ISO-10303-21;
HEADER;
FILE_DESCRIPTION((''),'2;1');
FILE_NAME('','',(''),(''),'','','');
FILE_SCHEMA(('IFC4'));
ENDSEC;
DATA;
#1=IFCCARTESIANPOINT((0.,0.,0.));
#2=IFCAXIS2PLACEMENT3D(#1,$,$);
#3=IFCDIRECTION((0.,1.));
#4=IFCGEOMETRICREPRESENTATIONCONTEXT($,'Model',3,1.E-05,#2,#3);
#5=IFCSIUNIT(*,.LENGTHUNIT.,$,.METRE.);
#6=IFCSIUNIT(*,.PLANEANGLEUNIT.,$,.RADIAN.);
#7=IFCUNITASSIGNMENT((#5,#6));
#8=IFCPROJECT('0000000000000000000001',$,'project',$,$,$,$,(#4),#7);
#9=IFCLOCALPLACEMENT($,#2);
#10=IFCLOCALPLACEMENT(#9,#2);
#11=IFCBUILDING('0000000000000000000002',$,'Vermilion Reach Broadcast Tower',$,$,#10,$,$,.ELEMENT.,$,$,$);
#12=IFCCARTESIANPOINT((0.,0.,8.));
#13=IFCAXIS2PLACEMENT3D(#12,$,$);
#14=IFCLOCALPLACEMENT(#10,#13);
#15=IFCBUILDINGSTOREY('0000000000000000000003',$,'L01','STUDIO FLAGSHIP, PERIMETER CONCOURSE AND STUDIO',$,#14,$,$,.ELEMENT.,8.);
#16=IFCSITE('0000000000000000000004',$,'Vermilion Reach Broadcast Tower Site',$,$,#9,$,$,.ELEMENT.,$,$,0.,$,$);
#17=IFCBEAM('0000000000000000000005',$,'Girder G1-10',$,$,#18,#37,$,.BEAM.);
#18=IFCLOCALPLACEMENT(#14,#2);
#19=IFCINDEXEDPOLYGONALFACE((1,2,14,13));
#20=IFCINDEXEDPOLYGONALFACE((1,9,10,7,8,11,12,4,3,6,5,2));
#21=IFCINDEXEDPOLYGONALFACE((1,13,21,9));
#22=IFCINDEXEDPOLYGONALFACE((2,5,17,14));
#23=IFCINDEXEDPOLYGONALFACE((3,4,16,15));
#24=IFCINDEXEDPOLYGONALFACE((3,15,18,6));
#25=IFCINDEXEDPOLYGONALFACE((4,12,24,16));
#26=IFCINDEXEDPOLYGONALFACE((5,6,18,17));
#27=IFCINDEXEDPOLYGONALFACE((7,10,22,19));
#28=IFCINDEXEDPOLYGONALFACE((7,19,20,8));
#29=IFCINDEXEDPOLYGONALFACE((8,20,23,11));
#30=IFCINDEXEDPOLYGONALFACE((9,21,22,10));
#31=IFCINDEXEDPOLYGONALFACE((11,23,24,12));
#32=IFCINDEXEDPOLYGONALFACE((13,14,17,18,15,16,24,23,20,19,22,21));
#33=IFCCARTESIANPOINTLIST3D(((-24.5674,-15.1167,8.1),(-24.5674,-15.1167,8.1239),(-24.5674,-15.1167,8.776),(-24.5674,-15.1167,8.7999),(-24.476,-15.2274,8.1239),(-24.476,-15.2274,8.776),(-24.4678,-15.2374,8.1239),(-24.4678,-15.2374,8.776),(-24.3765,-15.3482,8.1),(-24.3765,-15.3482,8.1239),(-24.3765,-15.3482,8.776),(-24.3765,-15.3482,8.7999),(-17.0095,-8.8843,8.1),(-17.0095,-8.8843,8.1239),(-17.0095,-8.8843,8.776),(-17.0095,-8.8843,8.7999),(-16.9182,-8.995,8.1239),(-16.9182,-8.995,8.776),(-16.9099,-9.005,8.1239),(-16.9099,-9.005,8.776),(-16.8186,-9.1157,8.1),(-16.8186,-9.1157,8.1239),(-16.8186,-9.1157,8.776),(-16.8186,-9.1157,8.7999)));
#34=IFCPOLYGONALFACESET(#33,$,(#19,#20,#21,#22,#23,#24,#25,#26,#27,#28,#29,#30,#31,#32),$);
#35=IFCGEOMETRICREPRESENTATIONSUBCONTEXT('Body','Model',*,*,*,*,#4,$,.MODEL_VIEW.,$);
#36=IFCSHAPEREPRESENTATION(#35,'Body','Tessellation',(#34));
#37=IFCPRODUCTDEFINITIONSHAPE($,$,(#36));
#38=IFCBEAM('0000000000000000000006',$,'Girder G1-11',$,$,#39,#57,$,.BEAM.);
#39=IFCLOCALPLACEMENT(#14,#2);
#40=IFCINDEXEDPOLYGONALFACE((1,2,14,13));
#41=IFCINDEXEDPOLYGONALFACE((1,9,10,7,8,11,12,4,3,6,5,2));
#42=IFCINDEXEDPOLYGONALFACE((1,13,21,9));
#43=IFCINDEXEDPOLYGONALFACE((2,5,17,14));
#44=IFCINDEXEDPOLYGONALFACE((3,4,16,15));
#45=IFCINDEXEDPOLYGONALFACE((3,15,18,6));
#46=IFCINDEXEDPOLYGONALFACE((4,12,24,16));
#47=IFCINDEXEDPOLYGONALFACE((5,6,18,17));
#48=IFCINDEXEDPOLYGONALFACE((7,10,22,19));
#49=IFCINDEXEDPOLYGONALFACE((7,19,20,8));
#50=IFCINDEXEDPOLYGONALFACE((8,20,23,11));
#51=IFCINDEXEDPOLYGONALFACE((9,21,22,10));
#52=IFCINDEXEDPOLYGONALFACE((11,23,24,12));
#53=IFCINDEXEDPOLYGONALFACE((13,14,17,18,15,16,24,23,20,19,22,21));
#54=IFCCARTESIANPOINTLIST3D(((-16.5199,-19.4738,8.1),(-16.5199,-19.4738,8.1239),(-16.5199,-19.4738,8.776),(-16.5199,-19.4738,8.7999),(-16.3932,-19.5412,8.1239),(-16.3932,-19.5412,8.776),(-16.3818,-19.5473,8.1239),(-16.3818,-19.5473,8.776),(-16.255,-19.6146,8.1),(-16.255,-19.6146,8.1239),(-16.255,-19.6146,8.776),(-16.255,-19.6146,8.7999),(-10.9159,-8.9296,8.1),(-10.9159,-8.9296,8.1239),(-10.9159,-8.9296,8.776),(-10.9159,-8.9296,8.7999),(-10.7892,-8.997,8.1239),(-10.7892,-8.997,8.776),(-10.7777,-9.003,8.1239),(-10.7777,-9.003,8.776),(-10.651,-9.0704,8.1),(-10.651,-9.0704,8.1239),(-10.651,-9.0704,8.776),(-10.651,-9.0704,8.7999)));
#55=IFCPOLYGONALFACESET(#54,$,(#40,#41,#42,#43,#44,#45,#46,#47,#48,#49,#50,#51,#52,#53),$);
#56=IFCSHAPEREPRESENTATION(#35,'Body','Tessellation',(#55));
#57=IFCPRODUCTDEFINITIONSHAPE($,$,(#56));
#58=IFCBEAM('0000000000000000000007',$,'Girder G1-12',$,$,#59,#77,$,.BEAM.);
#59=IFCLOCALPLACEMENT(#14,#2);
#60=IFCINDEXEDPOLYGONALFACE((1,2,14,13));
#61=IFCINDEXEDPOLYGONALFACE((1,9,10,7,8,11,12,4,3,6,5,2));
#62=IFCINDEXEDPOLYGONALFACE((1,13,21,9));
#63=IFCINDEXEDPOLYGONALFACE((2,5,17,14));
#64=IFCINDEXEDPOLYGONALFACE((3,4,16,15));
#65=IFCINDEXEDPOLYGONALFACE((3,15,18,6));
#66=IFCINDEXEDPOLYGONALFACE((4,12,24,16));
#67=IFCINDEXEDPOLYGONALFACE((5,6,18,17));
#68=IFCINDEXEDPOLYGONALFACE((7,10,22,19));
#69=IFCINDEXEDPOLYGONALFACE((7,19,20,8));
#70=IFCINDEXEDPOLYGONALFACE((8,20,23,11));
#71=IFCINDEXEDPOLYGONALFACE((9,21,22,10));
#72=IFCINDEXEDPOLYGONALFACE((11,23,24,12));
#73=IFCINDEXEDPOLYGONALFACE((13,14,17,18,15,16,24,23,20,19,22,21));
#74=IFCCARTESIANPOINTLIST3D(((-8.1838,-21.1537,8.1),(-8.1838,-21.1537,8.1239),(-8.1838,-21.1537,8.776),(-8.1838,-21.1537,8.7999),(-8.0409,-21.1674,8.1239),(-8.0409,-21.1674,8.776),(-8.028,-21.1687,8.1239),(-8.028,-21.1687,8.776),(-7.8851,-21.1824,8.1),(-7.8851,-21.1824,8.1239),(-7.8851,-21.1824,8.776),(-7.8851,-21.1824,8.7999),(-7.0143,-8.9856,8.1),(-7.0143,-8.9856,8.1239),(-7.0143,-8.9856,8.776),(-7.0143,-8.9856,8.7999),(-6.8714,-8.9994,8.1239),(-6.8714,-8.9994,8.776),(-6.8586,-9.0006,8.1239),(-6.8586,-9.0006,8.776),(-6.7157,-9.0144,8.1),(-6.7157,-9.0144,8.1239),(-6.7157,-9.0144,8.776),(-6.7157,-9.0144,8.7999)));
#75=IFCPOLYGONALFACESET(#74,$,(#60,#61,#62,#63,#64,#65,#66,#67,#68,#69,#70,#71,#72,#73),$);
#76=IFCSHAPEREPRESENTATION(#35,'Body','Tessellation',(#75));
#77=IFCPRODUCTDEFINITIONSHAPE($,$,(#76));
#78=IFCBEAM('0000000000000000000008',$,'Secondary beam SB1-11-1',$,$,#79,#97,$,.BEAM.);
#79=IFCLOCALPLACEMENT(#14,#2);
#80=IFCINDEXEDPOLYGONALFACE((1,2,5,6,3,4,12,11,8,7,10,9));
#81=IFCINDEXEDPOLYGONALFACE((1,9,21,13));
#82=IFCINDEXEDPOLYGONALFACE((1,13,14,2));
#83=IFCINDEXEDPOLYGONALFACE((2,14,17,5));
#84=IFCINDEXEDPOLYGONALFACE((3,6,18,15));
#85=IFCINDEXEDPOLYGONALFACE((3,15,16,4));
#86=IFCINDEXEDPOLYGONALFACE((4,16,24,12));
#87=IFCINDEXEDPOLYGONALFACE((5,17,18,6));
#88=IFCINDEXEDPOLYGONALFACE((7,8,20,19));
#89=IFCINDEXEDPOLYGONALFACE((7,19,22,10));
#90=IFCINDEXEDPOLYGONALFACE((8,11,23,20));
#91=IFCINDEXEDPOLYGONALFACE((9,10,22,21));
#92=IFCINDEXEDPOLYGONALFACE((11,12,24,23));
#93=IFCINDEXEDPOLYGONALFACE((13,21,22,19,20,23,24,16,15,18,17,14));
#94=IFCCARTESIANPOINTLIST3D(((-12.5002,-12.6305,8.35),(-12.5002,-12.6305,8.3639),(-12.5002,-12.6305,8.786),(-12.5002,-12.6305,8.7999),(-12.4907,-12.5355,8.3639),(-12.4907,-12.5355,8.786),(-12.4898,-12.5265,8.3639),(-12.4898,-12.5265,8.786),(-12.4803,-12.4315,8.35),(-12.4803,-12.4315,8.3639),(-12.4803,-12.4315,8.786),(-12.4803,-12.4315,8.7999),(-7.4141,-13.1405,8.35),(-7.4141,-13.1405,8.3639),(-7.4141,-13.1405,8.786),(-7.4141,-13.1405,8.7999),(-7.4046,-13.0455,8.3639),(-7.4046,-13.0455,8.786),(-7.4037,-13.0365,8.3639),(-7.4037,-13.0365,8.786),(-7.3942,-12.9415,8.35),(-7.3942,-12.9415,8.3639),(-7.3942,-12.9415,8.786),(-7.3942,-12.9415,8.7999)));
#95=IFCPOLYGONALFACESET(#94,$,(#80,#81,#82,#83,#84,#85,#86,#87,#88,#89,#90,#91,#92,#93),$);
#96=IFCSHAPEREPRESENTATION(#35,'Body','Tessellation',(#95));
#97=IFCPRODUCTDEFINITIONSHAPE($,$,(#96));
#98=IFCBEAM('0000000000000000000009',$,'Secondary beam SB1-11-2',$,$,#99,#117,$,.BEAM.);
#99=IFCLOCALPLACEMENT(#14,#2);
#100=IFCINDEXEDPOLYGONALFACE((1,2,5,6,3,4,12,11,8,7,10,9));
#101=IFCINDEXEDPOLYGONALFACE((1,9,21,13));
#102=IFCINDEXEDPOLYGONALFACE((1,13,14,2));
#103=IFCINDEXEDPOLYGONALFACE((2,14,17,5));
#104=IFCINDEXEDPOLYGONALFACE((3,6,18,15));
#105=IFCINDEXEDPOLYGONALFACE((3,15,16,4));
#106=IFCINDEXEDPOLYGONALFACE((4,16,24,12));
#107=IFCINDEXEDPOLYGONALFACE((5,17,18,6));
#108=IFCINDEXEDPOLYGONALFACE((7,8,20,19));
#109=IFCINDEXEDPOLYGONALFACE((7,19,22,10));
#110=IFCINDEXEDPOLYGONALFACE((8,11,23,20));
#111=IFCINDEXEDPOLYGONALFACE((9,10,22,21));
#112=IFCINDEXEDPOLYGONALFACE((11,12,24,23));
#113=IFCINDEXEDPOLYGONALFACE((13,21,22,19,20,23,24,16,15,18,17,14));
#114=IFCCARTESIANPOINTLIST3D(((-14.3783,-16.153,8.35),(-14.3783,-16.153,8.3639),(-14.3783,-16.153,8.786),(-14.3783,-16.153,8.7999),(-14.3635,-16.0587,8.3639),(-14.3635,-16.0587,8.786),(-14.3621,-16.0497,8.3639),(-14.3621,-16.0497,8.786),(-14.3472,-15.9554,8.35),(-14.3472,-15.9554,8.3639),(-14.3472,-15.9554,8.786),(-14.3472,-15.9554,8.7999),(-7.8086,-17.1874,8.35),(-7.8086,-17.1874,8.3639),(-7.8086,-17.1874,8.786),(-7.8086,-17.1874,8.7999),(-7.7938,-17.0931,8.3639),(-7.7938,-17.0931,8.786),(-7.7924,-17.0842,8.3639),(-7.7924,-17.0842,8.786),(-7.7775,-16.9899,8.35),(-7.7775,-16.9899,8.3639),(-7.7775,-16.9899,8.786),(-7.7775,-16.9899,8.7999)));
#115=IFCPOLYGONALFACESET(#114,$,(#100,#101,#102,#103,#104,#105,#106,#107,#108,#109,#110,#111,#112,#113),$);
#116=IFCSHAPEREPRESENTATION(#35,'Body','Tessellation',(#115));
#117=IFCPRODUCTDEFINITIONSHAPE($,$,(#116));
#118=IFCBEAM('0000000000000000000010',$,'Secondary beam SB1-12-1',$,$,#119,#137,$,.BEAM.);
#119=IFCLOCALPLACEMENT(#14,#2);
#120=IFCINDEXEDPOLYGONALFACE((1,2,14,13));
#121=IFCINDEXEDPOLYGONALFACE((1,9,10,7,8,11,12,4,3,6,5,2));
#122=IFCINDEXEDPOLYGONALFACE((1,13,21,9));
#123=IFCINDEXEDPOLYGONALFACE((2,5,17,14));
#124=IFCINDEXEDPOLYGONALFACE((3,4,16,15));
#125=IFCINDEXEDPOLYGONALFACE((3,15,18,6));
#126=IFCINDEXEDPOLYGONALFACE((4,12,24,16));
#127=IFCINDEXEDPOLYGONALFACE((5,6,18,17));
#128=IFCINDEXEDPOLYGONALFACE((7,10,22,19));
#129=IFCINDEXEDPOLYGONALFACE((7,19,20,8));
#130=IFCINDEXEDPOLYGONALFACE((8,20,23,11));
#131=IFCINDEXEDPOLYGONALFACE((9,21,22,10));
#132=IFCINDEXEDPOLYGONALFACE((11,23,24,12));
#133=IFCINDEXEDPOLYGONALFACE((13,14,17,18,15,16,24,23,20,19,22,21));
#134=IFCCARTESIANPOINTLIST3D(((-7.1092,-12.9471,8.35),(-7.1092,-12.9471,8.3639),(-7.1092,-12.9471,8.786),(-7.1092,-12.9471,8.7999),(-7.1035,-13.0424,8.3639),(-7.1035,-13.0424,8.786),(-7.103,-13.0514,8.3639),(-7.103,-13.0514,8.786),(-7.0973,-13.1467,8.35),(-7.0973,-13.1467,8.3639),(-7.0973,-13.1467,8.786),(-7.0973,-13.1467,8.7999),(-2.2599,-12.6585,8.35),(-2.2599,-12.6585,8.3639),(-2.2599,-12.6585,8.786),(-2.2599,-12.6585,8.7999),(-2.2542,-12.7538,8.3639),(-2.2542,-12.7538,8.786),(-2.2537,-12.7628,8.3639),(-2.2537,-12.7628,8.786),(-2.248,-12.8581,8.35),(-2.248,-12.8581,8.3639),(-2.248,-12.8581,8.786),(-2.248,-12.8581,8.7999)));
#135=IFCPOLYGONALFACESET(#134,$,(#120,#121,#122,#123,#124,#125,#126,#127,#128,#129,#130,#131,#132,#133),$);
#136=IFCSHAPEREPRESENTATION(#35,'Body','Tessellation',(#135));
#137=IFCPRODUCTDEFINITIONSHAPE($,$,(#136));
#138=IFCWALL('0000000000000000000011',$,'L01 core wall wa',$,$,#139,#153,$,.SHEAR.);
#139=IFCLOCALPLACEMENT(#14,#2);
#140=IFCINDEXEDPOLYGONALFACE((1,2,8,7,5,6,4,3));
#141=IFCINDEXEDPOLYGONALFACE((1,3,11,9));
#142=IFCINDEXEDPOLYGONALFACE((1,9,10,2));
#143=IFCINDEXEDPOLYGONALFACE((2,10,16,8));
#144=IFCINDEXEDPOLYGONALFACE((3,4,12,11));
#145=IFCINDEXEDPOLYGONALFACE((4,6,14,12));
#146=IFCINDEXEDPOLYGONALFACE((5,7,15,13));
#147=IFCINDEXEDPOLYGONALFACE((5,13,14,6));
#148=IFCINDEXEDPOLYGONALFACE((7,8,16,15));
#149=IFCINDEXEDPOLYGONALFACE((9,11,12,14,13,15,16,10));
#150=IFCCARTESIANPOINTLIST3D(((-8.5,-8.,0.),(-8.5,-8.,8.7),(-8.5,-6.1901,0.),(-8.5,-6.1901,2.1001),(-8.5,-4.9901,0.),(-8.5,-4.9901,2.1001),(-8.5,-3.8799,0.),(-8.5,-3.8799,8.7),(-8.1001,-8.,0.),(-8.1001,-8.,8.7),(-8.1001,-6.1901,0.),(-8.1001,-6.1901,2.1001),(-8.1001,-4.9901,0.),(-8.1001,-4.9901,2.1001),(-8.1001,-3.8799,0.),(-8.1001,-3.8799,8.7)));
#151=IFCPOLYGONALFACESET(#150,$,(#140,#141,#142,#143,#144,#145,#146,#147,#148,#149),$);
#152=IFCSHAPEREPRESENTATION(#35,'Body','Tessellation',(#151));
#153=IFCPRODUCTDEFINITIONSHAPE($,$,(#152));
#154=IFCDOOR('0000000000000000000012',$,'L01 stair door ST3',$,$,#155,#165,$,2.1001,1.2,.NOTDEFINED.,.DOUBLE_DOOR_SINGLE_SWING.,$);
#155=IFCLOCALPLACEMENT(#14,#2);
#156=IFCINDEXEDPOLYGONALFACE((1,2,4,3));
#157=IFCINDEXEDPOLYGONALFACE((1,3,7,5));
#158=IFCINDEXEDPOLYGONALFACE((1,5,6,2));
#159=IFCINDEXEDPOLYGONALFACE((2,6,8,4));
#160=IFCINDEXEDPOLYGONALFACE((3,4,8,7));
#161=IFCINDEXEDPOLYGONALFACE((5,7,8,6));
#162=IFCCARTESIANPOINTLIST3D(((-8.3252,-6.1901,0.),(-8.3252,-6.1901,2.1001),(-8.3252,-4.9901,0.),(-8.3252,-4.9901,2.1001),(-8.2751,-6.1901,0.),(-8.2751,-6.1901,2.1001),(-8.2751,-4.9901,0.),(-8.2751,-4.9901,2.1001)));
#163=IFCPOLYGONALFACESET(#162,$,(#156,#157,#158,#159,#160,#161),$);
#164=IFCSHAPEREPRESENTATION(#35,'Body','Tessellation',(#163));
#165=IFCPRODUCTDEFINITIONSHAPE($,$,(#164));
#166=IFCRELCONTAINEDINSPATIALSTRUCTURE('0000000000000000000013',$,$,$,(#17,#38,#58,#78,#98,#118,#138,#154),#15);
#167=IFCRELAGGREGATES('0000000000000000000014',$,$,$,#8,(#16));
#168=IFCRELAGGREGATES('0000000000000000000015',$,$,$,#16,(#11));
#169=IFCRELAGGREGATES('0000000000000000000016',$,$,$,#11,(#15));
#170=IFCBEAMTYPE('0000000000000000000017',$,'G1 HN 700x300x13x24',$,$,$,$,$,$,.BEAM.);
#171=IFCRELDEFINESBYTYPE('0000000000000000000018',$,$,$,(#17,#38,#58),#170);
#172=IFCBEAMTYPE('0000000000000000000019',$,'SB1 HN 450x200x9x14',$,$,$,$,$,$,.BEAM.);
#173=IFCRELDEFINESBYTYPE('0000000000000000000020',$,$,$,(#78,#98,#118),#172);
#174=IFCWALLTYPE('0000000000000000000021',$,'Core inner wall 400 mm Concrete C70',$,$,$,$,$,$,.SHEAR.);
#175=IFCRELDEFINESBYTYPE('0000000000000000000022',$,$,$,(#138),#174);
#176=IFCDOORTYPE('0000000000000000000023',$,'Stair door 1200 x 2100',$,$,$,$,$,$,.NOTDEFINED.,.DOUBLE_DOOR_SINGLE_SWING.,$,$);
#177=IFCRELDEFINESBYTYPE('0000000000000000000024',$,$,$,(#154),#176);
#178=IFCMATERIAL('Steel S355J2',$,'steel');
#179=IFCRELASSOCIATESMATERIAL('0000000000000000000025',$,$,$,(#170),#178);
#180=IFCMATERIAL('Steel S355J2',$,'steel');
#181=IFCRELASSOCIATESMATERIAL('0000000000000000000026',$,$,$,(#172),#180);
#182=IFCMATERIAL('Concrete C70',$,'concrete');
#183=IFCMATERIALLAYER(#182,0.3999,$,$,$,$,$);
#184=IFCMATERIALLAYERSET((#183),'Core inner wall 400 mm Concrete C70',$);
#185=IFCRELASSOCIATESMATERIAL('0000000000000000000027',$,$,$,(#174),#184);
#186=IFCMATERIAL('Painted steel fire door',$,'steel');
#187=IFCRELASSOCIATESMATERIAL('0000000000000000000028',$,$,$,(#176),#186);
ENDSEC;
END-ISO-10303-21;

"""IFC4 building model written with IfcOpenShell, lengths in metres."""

from ifc_helpers import new_model, si_unit, direction, frame, frame_2d, origin, origin_2d, place, context, subcontext, project, spatial, rectangle, i_section, extrude, material, layer, layer_set, material_profile, profile_set, type_object, element, fill, save


model = new_model("IFC4")

# Units and contexts
model_context = context("Model", 3, precision=1e-05, world=origin(), true_north=direction((0.0, 1.0)))
body_context = subcontext(model_context, "Body", "Model", "MODEL_VIEW")
ifc_project = project(units=[si_unit("LENGTHUNIT", "METRE"), si_unit("PLANEANGLEUNIT", "RADIAN")], contexts=[model_context])

# Site, building, storey
site_placement = place(None, origin())
site = spatial("IfcSite", under=ifc_project, at=site_placement, Name="Vermilion Reach Broadcast Tower Site", CompositionType="ELEMENT", RefElevation=0.0)
building_placement = place(site_placement, origin())
building = spatial("IfcBuilding", under=site, at=building_placement, Name="Vermilion Reach Broadcast Tower", CompositionType="ELEMENT")
storey_placement = place(building_placement, frame((0.0, 0.0, 8.0)))
storey = spatial("IfcBuildingStorey", under=building, at=storey_placement, Name="L01", Description="STUDIO FLAGSHIP, PERIMETER CONCOURSE AND STUDIO", CompositionType="ELEMENT", Elevation=8.0)

# Beams
ifc_material_1 = material(Name="Steel S355J2", Category="steel")
ifc_material_profile_1 = material_profile(ifc_material_1, i_section(OverallWidth=0.3, OverallDepth=0.7, WebThickness=0.0129, FlangeThickness=0.0239, at=origin_2d()), Name="S355J2 HN 700x300x13x24")
ifc_profile_set_1 = profile_set([ifc_material_profile_1], Name="Steel S355J2")
beam_type_1 = type_object("IfcBeamType", Name="G1 HN 700x300x13x24", PredefinedType="BEAM", material=ifc_profile_set_1)
beam_1_placement = place(storey_placement, frame((-16.9141, -9.0, 8.45), z_axis=(-0.771514, -0.636212, 0.0), x_axis=(0.636212, -0.771514, 0.0)))
element("IfcBeam", 1, at=beam_1_placement, inside=storey, type_object=beam_type_1, Name="Girder G1-10", PredefinedType="BEAM", context=body_context, shape_type="SweptSolid", body=[
    extrude(i_section(OverallWidth=0.3, OverallDepth=0.7, WebThickness=0.0129, FlangeThickness=0.0239, at=origin_2d()), origin(), (0.0, 0.0, 1.0), 9.7961),
])
beam_2_placement = place(storey_placement, frame((-10.7834, -9.0, 8.45), z_axis=(-0.469312, -0.883032, 0.0), x_axis=(0.883032, -0.469312, 0.0)))
element("IfcBeam", 2, at=beam_2_placement, inside=storey, type_object=beam_type_1, Name="Girder G1-11", PredefinedType="BEAM", context=body_context, shape_type="SweptSolid", body=[
    extrude(i_section(OverallWidth=0.3, OverallDepth=0.7, WebThickness=0.0129, FlangeThickness=0.0239, at=origin_2d()), origin(), (0.0, 0.0, 1.0), 11.9409),
])
beam_3_placement = place(storey_placement, frame((-6.865, -9.0, 8.45), z_axis=(-0.095667, -0.995413, 0.0), x_axis=(0.995413, -0.095667, 0.0)))
element("IfcBeam", 3, at=beam_3_placement, inside=storey, type_object=beam_type_1, Name="Girder G1-12", PredefinedType="BEAM", context=body_context, shape_type="SweptSolid", body=[
    extrude(i_section(OverallWidth=0.3, OverallDepth=0.7, WebThickness=0.0129, FlangeThickness=0.0239, at=origin_2d()), origin(), (0.0, 0.0, 1.0), 12.2241),
])
ifc_material_2 = material(Name="Steel S355J2", Category="steel")
ifc_material_profile_2 = material_profile(ifc_material_2, i_section(OverallWidth=0.2, OverallDepth=0.45, WebThickness=0.009, FlangeThickness=0.0139, at=origin_2d()), Name="S355J2 HN 450x200x9x14")
ifc_profile_set_2 = profile_set([ifc_material_profile_2], Name="Steel S355J2")
beam_type_2 = type_object("IfcBeamType", Name="SB1 HN 450x200x9x14", PredefinedType="BEAM", material=ifc_profile_set_2)
beam_4_placement = place(storey_placement, frame((-12.4902, -12.531, 8.575), z_axis=(0.99501, -0.099773, 0.0), x_axis=(0.099773, 0.99501, 0.0)))
element("IfcBeam", 4, at=beam_4_placement, inside=storey, type_object=beam_type_2, Name="Secondary beam SB1-11-1", PredefinedType="BEAM", context=body_context, shape_type="SweptSolid", body=[
    extrude(i_section(OverallWidth=0.2, OverallDepth=0.45, WebThickness=0.009, FlangeThickness=0.0139, at=origin_2d()), origin(), (0.0, 0.0, 1.0), 5.1116),
])
beam_5_placement = place(storey_placement, frame((-14.3628, -16.0542, 8.575), z_axis=(0.98783, -0.15554, 0.0), x_axis=(0.15554, 0.98783, 0.0)))
element("IfcBeam", 5, at=beam_5_placement, inside=storey, type_object=beam_type_2, Name="Secondary beam SB1-11-2", PredefinedType="BEAM", context=body_context, shape_type="SweptSolid", body=[
    extrude(i_section(OverallWidth=0.2, OverallDepth=0.45, WebThickness=0.009, FlangeThickness=0.0139, at=origin_2d()), origin(), (0.0, 0.0, 1.0), 6.6506),
])
beam_6_placement = place(storey_placement, frame((-7.1033, -13.0469, 8.575), z_axis=(0.998234, 0.059403, 0.0), x_axis=(-0.059403, 0.998234, 0.0)))
element("IfcBeam", 6, at=beam_6_placement, inside=storey, type_object=beam_type_2, Name="Secondary beam SB1-12-1", PredefinedType="BEAM", context=body_context, shape_type="SweptSolid", body=[
    extrude(i_section(OverallWidth=0.2, OverallDepth=0.45, WebThickness=0.009, FlangeThickness=0.0139, at=origin_2d()), origin(), (0.0, 0.0, 1.0), 4.8579),
])

# Wall, opening, door
ifc_material_3 = material(Name="Concrete C70", Category="concrete")
ifc_layer_1 = layer(ifc_material_3, 0.3999)
ifc_layer_set_1 = layer_set([ifc_layer_1], Name="Core inner wall 400 mm Concrete C70")
wall_type_1 = type_object("IfcWallType", Name="Core inner wall 400 mm Concrete C70", PredefinedType="SHEAR", material=ifc_layer_set_1)
wall_1_placement = place(storey_placement, frame((-8.3, -3.8799, 0.0), z_axis=(0.0, 0.0, 1.0), x_axis=(0.0, -1.0, 0.0)))
wall_1 = element("IfcWall", 7, at=wall_1_placement, inside=storey, type_object=wall_type_1, Name="L01 core wall wa", PredefinedType="SHEAR", context=body_context, shape_type="SweptSolid", body=[
    extrude(rectangle(XDim=4.1201, YDim=0.3999, at=frame_2d((2.0601, 0.0))), origin(), (0.0, 0.0, 1.0), 8.7),
])
opening_1_placement = place(wall_1_placement, frame((1.1101, 0.0, 0.0)))
opening_1 = element("IfcOpeningElement", 8, at=opening_1_placement, cuts=wall_1, PredefinedType="OPENING", context=body_context, shape_type="SweptSolid", body=[
    extrude(rectangle(XDim=1.2, YDim=2.1001, at=frame_2d((0.6001, 1.05))), frame((0.0, 0.21, 0.0), z_axis=(0.0, -1.0, 0.0), x_axis=(1.0, 0.0, 0.0)), (0.0, 0.0, 1.0), 0.4199),
])
ifc_material_4 = material(Name="Painted steel fire door", Category="steel")
door_type_1 = type_object("IfcDoorType", Name="Stair door 1200 x 2100", OperationType="DOUBLE_DOOR_SINGLE_SWING", PredefinedType="NOTDEFINED", material=ifc_material_4)
door_1_placement = place(opening_1_placement, origin())
door_1 = element("IfcDoor", 9, at=door_1_placement, inside=storey, type_object=door_type_1, Name="L01 stair door ST3", OperationType="DOUBLE_DOOR_SINGLE_SWING", OverallHeight=2.1001, OverallWidth=1.2, PredefinedType="NOTDEFINED", context=body_context, shape_type="SweptSolid", body=[
    extrude(rectangle(XDim=1.2, YDim=2.1001, at=frame_2d((0.6001, 1.05))), frame((0.0, 0.0249, 0.0), z_axis=(0.0, -1.0, 0.0), x_axis=(1.0, 0.0, 0.0)), (0.0, 0.0, 1.0), 0.05),
])
fill(opening_1, door_1)

save(model, "model.ifc")
